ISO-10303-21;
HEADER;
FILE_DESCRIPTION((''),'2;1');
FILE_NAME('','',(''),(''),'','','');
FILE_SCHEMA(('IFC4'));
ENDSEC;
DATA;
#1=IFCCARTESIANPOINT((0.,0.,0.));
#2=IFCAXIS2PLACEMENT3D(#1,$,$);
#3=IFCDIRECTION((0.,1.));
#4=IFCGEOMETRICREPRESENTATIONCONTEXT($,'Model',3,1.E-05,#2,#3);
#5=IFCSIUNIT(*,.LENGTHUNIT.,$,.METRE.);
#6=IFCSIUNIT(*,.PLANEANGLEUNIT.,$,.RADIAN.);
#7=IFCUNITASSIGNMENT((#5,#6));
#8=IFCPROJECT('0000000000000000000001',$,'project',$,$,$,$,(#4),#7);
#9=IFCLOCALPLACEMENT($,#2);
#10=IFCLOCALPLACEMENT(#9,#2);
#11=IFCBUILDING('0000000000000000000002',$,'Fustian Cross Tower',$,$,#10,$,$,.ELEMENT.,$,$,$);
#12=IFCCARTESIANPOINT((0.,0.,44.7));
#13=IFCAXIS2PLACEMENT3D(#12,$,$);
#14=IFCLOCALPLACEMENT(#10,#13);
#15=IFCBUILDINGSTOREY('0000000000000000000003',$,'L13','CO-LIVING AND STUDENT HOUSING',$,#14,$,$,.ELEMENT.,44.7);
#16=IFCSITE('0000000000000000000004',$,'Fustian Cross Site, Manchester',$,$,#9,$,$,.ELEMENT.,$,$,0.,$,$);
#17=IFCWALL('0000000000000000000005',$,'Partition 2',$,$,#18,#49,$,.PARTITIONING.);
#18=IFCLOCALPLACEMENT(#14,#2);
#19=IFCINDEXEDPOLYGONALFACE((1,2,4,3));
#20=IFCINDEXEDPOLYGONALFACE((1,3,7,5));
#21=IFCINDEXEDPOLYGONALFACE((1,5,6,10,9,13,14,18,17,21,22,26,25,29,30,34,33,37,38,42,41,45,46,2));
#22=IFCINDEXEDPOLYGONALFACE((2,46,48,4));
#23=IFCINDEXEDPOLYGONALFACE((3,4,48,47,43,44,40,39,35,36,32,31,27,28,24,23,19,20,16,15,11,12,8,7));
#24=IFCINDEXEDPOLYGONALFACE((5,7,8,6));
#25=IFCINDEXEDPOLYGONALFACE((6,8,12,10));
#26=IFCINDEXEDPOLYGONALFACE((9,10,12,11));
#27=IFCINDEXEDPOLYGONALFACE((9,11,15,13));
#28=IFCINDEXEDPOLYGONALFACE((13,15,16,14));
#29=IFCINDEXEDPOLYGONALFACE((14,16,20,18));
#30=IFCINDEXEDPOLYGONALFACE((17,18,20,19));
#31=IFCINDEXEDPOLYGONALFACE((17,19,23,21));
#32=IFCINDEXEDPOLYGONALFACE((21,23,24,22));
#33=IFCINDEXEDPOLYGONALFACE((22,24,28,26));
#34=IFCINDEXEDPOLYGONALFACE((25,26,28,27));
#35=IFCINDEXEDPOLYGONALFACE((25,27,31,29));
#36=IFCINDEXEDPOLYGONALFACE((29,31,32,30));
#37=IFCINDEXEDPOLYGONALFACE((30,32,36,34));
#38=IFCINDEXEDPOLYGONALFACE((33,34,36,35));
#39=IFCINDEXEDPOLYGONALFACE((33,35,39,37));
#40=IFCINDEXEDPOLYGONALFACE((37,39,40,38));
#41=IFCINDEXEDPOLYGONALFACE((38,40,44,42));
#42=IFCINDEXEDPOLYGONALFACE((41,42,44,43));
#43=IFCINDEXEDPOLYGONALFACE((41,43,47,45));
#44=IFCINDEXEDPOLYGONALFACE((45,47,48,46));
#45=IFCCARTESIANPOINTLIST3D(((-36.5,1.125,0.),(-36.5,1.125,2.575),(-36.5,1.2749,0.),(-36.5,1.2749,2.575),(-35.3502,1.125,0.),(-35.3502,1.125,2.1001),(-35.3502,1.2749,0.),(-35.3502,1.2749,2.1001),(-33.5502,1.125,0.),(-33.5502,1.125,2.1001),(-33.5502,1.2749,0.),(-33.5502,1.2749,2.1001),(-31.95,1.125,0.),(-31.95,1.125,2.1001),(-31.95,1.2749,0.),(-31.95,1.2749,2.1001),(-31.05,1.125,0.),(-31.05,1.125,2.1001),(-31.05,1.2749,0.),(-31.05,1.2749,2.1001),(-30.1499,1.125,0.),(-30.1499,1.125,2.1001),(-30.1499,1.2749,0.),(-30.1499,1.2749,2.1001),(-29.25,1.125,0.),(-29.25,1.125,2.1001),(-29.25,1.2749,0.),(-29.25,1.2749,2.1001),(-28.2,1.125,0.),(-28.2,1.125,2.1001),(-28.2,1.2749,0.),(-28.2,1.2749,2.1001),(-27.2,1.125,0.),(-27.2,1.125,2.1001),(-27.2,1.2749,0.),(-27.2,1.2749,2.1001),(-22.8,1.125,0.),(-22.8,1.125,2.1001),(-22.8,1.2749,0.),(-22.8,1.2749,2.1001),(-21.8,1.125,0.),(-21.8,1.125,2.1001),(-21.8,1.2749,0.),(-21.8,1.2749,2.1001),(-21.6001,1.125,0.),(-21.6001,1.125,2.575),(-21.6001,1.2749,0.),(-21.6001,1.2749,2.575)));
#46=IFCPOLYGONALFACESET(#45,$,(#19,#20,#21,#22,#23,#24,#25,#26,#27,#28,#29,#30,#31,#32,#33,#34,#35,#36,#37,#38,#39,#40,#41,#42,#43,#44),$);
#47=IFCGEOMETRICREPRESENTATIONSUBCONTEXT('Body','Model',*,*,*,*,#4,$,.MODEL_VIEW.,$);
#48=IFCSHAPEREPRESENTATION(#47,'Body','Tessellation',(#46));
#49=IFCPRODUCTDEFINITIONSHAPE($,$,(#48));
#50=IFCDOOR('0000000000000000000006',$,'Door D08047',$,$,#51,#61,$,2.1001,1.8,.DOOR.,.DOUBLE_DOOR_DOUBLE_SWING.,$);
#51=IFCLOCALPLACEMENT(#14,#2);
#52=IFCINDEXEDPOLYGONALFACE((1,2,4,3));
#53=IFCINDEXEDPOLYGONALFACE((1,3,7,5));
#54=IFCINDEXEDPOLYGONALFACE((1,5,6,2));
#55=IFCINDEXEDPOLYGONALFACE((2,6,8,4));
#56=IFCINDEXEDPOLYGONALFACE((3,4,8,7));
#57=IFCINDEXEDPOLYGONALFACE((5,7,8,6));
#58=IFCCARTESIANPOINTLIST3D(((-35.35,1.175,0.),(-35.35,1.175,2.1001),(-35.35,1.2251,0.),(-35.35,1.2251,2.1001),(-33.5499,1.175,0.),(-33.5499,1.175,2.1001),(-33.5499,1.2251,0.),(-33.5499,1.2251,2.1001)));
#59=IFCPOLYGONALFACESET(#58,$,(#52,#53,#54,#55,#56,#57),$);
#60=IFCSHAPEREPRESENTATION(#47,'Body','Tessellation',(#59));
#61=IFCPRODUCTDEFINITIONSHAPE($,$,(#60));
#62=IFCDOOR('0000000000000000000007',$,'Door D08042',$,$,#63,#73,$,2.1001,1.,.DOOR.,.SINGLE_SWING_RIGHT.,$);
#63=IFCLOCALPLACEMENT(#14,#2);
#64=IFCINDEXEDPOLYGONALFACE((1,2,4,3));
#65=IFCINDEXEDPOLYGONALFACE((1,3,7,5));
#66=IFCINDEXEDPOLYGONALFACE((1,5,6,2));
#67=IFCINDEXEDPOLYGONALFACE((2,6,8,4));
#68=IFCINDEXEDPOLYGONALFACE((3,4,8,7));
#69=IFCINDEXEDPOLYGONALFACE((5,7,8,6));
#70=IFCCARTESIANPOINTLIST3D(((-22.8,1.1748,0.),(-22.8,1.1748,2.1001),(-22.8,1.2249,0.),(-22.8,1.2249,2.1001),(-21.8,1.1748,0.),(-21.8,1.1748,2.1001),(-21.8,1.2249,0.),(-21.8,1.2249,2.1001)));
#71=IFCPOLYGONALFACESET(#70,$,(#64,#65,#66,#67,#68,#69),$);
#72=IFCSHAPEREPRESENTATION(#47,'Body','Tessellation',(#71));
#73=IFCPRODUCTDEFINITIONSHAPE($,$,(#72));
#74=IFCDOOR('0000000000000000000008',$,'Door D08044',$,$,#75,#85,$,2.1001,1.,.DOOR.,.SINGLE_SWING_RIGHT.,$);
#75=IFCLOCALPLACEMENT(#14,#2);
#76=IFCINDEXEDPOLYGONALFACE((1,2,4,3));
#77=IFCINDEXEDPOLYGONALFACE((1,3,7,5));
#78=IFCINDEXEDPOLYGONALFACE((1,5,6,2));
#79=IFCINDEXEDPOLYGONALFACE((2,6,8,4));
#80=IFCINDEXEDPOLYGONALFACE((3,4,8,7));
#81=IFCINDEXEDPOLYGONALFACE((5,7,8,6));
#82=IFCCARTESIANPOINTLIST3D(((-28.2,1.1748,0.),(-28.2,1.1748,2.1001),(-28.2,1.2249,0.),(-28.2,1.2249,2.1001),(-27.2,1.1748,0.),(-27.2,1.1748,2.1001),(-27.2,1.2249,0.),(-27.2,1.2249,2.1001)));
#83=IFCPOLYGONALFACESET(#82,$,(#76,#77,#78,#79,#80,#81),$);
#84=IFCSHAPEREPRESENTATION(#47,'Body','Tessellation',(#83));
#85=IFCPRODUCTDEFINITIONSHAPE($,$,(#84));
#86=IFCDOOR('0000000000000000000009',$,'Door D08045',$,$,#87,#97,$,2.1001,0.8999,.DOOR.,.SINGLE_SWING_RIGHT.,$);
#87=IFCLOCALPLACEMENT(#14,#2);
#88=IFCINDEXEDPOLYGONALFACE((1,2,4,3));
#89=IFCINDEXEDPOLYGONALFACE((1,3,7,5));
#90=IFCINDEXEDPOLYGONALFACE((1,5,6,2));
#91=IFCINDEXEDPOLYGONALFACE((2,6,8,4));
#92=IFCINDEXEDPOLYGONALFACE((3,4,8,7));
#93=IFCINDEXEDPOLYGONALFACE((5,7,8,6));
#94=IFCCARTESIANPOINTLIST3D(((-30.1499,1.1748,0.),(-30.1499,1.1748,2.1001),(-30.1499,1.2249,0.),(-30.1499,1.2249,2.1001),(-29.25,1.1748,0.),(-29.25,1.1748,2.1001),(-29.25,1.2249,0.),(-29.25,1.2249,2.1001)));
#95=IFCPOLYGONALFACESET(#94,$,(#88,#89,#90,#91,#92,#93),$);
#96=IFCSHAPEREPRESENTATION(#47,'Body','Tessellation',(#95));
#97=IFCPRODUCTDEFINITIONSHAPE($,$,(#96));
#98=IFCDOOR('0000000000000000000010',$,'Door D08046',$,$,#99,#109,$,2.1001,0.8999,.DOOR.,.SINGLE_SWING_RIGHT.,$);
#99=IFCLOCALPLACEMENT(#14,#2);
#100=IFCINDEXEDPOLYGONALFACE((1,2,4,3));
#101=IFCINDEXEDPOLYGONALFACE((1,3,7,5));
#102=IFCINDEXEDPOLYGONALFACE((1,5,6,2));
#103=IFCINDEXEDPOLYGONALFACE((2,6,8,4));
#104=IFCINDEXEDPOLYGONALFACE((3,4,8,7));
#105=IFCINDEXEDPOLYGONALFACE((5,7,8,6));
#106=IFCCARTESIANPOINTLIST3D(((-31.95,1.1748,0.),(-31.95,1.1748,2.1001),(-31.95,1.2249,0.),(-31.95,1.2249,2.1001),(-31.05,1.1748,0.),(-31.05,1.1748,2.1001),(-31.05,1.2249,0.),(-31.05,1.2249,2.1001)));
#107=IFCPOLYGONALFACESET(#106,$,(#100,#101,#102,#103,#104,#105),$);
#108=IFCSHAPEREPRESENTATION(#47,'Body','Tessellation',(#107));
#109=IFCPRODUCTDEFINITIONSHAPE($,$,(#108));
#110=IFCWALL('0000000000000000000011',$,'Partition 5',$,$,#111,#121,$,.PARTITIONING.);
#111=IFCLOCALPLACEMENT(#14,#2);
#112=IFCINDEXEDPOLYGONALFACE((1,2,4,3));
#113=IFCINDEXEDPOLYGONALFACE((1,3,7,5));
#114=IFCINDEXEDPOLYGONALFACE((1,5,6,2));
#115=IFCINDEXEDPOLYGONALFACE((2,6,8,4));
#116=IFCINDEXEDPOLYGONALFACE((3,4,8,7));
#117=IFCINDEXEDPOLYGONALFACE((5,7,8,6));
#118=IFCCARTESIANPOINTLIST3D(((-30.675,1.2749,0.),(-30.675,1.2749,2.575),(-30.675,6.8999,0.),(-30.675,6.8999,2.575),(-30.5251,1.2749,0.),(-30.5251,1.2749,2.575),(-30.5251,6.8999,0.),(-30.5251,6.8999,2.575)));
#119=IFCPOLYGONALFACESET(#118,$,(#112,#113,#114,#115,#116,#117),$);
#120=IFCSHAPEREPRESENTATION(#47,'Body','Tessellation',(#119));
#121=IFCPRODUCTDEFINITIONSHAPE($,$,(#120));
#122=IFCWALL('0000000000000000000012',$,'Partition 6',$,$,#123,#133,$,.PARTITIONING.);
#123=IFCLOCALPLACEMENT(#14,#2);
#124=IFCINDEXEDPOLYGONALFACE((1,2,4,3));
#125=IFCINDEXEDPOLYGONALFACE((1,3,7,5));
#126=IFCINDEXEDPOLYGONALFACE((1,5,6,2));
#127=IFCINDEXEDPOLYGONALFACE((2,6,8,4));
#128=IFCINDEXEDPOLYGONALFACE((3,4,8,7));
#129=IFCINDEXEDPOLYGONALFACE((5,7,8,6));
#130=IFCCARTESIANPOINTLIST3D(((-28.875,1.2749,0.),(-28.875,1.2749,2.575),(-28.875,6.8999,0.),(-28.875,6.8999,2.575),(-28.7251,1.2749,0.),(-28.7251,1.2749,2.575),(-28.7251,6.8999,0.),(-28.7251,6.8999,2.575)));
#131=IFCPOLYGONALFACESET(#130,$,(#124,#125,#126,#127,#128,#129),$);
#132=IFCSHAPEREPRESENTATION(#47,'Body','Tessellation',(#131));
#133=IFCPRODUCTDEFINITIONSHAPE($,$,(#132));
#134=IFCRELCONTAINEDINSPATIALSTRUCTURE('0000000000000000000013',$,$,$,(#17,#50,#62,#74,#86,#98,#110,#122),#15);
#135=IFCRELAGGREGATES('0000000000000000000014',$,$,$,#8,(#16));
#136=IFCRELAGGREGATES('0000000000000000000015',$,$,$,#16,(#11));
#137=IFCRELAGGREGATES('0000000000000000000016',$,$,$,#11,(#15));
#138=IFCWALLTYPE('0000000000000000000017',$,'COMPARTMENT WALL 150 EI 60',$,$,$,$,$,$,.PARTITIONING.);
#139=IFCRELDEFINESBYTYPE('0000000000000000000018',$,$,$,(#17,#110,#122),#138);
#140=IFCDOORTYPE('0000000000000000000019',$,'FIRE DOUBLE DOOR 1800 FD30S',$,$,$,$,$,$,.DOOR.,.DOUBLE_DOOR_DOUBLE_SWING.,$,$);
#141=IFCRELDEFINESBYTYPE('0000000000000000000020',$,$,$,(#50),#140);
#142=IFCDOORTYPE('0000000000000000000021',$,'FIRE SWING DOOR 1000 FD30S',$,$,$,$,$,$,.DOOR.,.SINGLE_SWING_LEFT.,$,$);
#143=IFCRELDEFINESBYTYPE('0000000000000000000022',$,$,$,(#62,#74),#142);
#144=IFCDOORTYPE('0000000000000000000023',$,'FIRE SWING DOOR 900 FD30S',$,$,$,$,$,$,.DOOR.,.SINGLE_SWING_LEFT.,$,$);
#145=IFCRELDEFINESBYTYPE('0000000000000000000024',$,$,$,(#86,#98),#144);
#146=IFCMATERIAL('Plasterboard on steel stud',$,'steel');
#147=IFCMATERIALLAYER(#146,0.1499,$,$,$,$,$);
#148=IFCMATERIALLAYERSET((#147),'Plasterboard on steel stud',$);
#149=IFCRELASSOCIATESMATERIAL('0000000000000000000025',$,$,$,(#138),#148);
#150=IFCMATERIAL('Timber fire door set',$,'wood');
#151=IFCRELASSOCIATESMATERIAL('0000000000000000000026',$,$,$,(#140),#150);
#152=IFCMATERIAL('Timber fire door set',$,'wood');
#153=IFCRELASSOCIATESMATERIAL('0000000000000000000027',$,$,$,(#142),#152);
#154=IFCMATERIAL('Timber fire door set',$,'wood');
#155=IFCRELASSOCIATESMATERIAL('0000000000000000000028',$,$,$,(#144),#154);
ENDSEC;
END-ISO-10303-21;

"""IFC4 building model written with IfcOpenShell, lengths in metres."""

from ifc_helpers import new_model, si_unit, direction, frame, frame_2d, origin, place, context, subcontext, project, spatial, rectangle, extrude, material, layer, layer_set, type_object, element, fill, save


model = new_model("IFC4")

# Units and contexts
model_context = context("Model", 3, precision=1e-05, world=origin(), true_north=direction((0.0, 1.0)))
body_context = subcontext(model_context, "Body", "Model", "MODEL_VIEW")
ifc_project = project(units=[si_unit("LENGTHUNIT", "METRE"), si_unit("PLANEANGLEUNIT", "RADIAN")], contexts=[model_context])

# Site, building, storey
site_placement = place(None, origin())
site = spatial("IfcSite", under=ifc_project, at=site_placement, Name="Fustian Cross Site, Manchester", CompositionType="ELEMENT", RefElevation=0.0)
building_placement = place(site_placement, origin())
building = spatial("IfcBuilding", under=site, at=building_placement, Name="Fustian Cross Tower", CompositionType="ELEMENT")
storey_placement = place(building_placement, frame((0.0, 0.0, 44.7)))
storey = spatial("IfcBuildingStorey", under=building, at=storey_placement, Name="L13", Description="CO-LIVING AND STUDENT HOUSING", CompositionType="ELEMENT", Elevation=44.7)

# Wall, openings, doors
ifc_material_1 = material(Name="Plasterboard on steel stud", Category="steel")
ifc_layer_1 = layer(ifc_material_1, 0.1499)
ifc_layer_set_1 = layer_set([ifc_layer_1], Name="Plasterboard on steel stud")
wall_type_1 = type_object("IfcWallType", Name="COMPARTMENT WALL 150 EI 60", PredefinedType="PARTITIONING", material=ifc_layer_set_1)
wall_1_placement = place(storey_placement, frame((-36.5, 1.2, 0.0), z_axis=(0.0, 0.0, 1.0), x_axis=(1.0, 0.0, 0.0)))
wall_1 = element("IfcWall", 1, at=wall_1_placement, inside=storey, type_object=wall_type_1, Name="Partition 2", PredefinedType="PARTITIONING", context=body_context, shape_type="SweptSolid", body=[
    extrude(rectangle(XDim=14.8999, YDim=0.1499, at=frame_2d((7.45, 0.0))), origin(), (0.0, 0.0, 1.0), 2.575),
])
opening_1_placement = place(wall_1_placement, frame((13.7, 0.0, 0.0)))
opening_1 = element("IfcOpeningElement", 2, at=opening_1_placement, cuts=wall_1, PredefinedType="OPENING", context=body_context, shape_type="SweptSolid", body=[
    extrude(rectangle(XDim=1.0, YDim=2.1001, at=frame_2d((0.5, 1.05))), frame((0.0, 0.085, 0.0), z_axis=(0.0, -1.0, 0.0), x_axis=(1.0, 0.0, 0.0)), (0.0, 0.0, 1.0), 0.1699),
])
opening_2_placement = place(wall_1_placement, frame((8.3, 0.0, 0.0)))
opening_2 = element("IfcOpeningElement", 3, at=opening_2_placement, cuts=wall_1, PredefinedType="OPENING", context=body_context, shape_type="SweptSolid", body=[
    extrude(rectangle(XDim=1.0, YDim=2.1001, at=frame_2d((0.5, 1.05))), frame((0.0, 0.085, 0.0), z_axis=(0.0, -1.0, 0.0), x_axis=(1.0, 0.0, 0.0)), (0.0, 0.0, 1.0), 0.1699),
])
opening_3_placement = place(wall_1_placement, frame((6.3501, 0.0, 0.0)))
opening_3 = element("IfcOpeningElement", 4, at=opening_3_placement, cuts=wall_1, PredefinedType="OPENING", context=body_context, shape_type="SweptSolid", body=[
    extrude(rectangle(XDim=0.8999, YDim=2.1001, at=frame_2d((0.45, 1.05))), frame((0.0, 0.085, 0.0), z_axis=(0.0, -1.0, 0.0), x_axis=(1.0, 0.0, 0.0)), (0.0, 0.0, 1.0), 0.1699),
])
opening_4_placement = place(wall_1_placement, frame((4.55, 0.0, 0.0)))
opening_4 = element("IfcOpeningElement", 5, at=opening_4_placement, cuts=wall_1, PredefinedType="OPENING", context=body_context, shape_type="SweptSolid", body=[
    extrude(rectangle(XDim=0.8999, YDim=2.1001, at=frame_2d((0.45, 1.05))), frame((0.0, 0.085, 0.0), z_axis=(0.0, -1.0, 0.0), x_axis=(1.0, 0.0, 0.0)), (0.0, 0.0, 1.0), 0.1699),
])
opening_5_placement = place(wall_1_placement, frame((1.1499, 0.0, 0.0)))
opening_5 = element("IfcOpeningElement", 6, at=opening_5_placement, cuts=wall_1, PredefinedType="OPENING", context=body_context, shape_type="SweptSolid", body=[
    extrude(rectangle(XDim=1.8, YDim=2.1001, at=frame_2d((0.8999, 1.05))), frame((0.0, 0.085, 0.0), z_axis=(0.0, -1.0, 0.0), x_axis=(1.0, 0.0, 0.0)), (0.0, 0.0, 1.0), 0.1699),
])
ifc_material_2 = material(Name="Timber fire door set", Category="wood")
door_type_1 = type_object("IfcDoorType", Name="FIRE DOUBLE DOOR 1800 FD30S", OperationType="DOUBLE_DOOR_DOUBLE_SWING", PredefinedType="DOOR", material=ifc_material_2)
door_1_placement = place(opening_5_placement, frame((1.8, 0.0, 0.0), z_axis=(0.0, 0.0, 1.0), x_axis=(-1.0, 0.0, 0.0)))
door_1 = element("IfcDoor", 7, at=door_1_placement, inside=storey, type_object=door_type_1, Name="Door D08047", OperationType="DOUBLE_DOOR_DOUBLE_SWING", OverallHeight=2.1001, OverallWidth=1.8, PredefinedType="DOOR", context=body_context, shape_type="SweptSolid", body=[
    extrude(rectangle(XDim=1.8, YDim=2.1001, at=frame_2d((0.8999, 1.05))), frame((0.0, 0.0249, 0.0), z_axis=(0.0, -1.0, 0.0), x_axis=(1.0, 0.0, 0.0)), (0.0, 0.0, 1.0), 0.05),
])
fill(opening_5, door_1)
ifc_material_3 = material(Name="Timber fire door set", Category="wood")
door_type_2 = type_object("IfcDoorType", Name="FIRE SWING DOOR 1000 FD30S", OperationType="SINGLE_SWING_LEFT", PredefinedType="DOOR", material=ifc_material_3)
door_2_placement = place(opening_1_placement, origin())
door_2 = element("IfcDoor", 8, at=door_2_placement, inside=storey, type_object=door_type_2, Name="Door D08042", OperationType="SINGLE_SWING_RIGHT", OverallHeight=2.1001, OverallWidth=1.0, PredefinedType="DOOR", context=body_context, shape_type="SweptSolid", body=[
    extrude(rectangle(XDim=1.0, YDim=2.1001, at=frame_2d((0.5, 1.05))), frame((0.0, 0.0249, 0.0), z_axis=(0.0, -1.0, 0.0), x_axis=(1.0, 0.0, 0.0)), (0.0, 0.0, 1.0), 0.05),
])
fill(opening_1, door_2)
door_3_placement = place(opening_2_placement, origin())
door_3 = element("IfcDoor", 9, at=door_3_placement, inside=storey, type_object=door_type_2, Name="Door D08044", OperationType="SINGLE_SWING_RIGHT", OverallHeight=2.1001, OverallWidth=1.0, PredefinedType="DOOR", context=body_context, shape_type="SweptSolid", body=[
    extrude(rectangle(XDim=1.0, YDim=2.1001, at=frame_2d((0.5, 1.05))), frame((0.0, 0.0249, 0.0), z_axis=(0.0, -1.0, 0.0), x_axis=(1.0, 0.0, 0.0)), (0.0, 0.0, 1.0), 0.05),
])
fill(opening_2, door_3)
ifc_material_4 = material(Name="Timber fire door set", Category="wood")
door_type_3 = type_object("IfcDoorType", Name="FIRE SWING DOOR 900 FD30S", OperationType="SINGLE_SWING_LEFT", PredefinedType="DOOR", material=ifc_material_4)
door_4_placement = place(opening_3_placement, origin())
door_4 = element("IfcDoor", 10, at=door_4_placement, inside=storey, type_object=door_type_3, Name="Door D08045", OperationType="SINGLE_SWING_RIGHT", OverallHeight=2.1001, OverallWidth=0.8999, PredefinedType="DOOR", context=body_context, shape_type="SweptSolid", body=[
    extrude(rectangle(XDim=0.8999, YDim=2.1001, at=frame_2d((0.45, 1.05))), frame((0.0, 0.0249, 0.0), z_axis=(0.0, -1.0, 0.0), x_axis=(1.0, 0.0, 0.0)), (0.0, 0.0, 1.0), 0.05),
])
fill(opening_3, door_4)
door_5_placement = place(opening_4_placement, origin())
door_5 = element("IfcDoor", 11, at=door_5_placement, inside=storey, type_object=door_type_3, Name="Door D08046", OperationType="SINGLE_SWING_RIGHT", OverallHeight=2.1001, OverallWidth=0.8999, PredefinedType="DOOR", context=body_context, shape_type="SweptSolid", body=[
    extrude(rectangle(XDim=0.8999, YDim=2.1001, at=frame_2d((0.45, 1.05))), frame((0.0, 0.0249, 0.0), z_axis=(0.0, -1.0, 0.0), x_axis=(1.0, 0.0, 0.0)), (0.0, 0.0, 1.0), 0.05),
])
fill(opening_4, door_5)

# Walls
for number, where, z_axis, x_axis, name in (
    (12, (-30.6001, 1.2749, 0.0), (0.0, 0.0, 1.0), (0.0, 1.0, 0.0), "Partition 5"),
    (13, (-28.8, 1.2749, 0.0), (0.0, 0.0, 1.0), (0.0, 1.0, 0.0), "Partition 6"),
):
    element("IfcWall", number, at=place(storey_placement, frame(where, z_axis=z_axis, x_axis=x_axis)), inside=storey, type_object=wall_type_1, Name=name, PredefinedType="PARTITIONING", context=body_context, shape_type="SweptSolid", body=[
        extrude(rectangle(XDim=5.625, YDim=0.1499, at=frame_2d((2.8125, 0.0))), origin(), (0.0, 0.0, 1.0), 2.575),
    ])

save(model, "model.ifc")
